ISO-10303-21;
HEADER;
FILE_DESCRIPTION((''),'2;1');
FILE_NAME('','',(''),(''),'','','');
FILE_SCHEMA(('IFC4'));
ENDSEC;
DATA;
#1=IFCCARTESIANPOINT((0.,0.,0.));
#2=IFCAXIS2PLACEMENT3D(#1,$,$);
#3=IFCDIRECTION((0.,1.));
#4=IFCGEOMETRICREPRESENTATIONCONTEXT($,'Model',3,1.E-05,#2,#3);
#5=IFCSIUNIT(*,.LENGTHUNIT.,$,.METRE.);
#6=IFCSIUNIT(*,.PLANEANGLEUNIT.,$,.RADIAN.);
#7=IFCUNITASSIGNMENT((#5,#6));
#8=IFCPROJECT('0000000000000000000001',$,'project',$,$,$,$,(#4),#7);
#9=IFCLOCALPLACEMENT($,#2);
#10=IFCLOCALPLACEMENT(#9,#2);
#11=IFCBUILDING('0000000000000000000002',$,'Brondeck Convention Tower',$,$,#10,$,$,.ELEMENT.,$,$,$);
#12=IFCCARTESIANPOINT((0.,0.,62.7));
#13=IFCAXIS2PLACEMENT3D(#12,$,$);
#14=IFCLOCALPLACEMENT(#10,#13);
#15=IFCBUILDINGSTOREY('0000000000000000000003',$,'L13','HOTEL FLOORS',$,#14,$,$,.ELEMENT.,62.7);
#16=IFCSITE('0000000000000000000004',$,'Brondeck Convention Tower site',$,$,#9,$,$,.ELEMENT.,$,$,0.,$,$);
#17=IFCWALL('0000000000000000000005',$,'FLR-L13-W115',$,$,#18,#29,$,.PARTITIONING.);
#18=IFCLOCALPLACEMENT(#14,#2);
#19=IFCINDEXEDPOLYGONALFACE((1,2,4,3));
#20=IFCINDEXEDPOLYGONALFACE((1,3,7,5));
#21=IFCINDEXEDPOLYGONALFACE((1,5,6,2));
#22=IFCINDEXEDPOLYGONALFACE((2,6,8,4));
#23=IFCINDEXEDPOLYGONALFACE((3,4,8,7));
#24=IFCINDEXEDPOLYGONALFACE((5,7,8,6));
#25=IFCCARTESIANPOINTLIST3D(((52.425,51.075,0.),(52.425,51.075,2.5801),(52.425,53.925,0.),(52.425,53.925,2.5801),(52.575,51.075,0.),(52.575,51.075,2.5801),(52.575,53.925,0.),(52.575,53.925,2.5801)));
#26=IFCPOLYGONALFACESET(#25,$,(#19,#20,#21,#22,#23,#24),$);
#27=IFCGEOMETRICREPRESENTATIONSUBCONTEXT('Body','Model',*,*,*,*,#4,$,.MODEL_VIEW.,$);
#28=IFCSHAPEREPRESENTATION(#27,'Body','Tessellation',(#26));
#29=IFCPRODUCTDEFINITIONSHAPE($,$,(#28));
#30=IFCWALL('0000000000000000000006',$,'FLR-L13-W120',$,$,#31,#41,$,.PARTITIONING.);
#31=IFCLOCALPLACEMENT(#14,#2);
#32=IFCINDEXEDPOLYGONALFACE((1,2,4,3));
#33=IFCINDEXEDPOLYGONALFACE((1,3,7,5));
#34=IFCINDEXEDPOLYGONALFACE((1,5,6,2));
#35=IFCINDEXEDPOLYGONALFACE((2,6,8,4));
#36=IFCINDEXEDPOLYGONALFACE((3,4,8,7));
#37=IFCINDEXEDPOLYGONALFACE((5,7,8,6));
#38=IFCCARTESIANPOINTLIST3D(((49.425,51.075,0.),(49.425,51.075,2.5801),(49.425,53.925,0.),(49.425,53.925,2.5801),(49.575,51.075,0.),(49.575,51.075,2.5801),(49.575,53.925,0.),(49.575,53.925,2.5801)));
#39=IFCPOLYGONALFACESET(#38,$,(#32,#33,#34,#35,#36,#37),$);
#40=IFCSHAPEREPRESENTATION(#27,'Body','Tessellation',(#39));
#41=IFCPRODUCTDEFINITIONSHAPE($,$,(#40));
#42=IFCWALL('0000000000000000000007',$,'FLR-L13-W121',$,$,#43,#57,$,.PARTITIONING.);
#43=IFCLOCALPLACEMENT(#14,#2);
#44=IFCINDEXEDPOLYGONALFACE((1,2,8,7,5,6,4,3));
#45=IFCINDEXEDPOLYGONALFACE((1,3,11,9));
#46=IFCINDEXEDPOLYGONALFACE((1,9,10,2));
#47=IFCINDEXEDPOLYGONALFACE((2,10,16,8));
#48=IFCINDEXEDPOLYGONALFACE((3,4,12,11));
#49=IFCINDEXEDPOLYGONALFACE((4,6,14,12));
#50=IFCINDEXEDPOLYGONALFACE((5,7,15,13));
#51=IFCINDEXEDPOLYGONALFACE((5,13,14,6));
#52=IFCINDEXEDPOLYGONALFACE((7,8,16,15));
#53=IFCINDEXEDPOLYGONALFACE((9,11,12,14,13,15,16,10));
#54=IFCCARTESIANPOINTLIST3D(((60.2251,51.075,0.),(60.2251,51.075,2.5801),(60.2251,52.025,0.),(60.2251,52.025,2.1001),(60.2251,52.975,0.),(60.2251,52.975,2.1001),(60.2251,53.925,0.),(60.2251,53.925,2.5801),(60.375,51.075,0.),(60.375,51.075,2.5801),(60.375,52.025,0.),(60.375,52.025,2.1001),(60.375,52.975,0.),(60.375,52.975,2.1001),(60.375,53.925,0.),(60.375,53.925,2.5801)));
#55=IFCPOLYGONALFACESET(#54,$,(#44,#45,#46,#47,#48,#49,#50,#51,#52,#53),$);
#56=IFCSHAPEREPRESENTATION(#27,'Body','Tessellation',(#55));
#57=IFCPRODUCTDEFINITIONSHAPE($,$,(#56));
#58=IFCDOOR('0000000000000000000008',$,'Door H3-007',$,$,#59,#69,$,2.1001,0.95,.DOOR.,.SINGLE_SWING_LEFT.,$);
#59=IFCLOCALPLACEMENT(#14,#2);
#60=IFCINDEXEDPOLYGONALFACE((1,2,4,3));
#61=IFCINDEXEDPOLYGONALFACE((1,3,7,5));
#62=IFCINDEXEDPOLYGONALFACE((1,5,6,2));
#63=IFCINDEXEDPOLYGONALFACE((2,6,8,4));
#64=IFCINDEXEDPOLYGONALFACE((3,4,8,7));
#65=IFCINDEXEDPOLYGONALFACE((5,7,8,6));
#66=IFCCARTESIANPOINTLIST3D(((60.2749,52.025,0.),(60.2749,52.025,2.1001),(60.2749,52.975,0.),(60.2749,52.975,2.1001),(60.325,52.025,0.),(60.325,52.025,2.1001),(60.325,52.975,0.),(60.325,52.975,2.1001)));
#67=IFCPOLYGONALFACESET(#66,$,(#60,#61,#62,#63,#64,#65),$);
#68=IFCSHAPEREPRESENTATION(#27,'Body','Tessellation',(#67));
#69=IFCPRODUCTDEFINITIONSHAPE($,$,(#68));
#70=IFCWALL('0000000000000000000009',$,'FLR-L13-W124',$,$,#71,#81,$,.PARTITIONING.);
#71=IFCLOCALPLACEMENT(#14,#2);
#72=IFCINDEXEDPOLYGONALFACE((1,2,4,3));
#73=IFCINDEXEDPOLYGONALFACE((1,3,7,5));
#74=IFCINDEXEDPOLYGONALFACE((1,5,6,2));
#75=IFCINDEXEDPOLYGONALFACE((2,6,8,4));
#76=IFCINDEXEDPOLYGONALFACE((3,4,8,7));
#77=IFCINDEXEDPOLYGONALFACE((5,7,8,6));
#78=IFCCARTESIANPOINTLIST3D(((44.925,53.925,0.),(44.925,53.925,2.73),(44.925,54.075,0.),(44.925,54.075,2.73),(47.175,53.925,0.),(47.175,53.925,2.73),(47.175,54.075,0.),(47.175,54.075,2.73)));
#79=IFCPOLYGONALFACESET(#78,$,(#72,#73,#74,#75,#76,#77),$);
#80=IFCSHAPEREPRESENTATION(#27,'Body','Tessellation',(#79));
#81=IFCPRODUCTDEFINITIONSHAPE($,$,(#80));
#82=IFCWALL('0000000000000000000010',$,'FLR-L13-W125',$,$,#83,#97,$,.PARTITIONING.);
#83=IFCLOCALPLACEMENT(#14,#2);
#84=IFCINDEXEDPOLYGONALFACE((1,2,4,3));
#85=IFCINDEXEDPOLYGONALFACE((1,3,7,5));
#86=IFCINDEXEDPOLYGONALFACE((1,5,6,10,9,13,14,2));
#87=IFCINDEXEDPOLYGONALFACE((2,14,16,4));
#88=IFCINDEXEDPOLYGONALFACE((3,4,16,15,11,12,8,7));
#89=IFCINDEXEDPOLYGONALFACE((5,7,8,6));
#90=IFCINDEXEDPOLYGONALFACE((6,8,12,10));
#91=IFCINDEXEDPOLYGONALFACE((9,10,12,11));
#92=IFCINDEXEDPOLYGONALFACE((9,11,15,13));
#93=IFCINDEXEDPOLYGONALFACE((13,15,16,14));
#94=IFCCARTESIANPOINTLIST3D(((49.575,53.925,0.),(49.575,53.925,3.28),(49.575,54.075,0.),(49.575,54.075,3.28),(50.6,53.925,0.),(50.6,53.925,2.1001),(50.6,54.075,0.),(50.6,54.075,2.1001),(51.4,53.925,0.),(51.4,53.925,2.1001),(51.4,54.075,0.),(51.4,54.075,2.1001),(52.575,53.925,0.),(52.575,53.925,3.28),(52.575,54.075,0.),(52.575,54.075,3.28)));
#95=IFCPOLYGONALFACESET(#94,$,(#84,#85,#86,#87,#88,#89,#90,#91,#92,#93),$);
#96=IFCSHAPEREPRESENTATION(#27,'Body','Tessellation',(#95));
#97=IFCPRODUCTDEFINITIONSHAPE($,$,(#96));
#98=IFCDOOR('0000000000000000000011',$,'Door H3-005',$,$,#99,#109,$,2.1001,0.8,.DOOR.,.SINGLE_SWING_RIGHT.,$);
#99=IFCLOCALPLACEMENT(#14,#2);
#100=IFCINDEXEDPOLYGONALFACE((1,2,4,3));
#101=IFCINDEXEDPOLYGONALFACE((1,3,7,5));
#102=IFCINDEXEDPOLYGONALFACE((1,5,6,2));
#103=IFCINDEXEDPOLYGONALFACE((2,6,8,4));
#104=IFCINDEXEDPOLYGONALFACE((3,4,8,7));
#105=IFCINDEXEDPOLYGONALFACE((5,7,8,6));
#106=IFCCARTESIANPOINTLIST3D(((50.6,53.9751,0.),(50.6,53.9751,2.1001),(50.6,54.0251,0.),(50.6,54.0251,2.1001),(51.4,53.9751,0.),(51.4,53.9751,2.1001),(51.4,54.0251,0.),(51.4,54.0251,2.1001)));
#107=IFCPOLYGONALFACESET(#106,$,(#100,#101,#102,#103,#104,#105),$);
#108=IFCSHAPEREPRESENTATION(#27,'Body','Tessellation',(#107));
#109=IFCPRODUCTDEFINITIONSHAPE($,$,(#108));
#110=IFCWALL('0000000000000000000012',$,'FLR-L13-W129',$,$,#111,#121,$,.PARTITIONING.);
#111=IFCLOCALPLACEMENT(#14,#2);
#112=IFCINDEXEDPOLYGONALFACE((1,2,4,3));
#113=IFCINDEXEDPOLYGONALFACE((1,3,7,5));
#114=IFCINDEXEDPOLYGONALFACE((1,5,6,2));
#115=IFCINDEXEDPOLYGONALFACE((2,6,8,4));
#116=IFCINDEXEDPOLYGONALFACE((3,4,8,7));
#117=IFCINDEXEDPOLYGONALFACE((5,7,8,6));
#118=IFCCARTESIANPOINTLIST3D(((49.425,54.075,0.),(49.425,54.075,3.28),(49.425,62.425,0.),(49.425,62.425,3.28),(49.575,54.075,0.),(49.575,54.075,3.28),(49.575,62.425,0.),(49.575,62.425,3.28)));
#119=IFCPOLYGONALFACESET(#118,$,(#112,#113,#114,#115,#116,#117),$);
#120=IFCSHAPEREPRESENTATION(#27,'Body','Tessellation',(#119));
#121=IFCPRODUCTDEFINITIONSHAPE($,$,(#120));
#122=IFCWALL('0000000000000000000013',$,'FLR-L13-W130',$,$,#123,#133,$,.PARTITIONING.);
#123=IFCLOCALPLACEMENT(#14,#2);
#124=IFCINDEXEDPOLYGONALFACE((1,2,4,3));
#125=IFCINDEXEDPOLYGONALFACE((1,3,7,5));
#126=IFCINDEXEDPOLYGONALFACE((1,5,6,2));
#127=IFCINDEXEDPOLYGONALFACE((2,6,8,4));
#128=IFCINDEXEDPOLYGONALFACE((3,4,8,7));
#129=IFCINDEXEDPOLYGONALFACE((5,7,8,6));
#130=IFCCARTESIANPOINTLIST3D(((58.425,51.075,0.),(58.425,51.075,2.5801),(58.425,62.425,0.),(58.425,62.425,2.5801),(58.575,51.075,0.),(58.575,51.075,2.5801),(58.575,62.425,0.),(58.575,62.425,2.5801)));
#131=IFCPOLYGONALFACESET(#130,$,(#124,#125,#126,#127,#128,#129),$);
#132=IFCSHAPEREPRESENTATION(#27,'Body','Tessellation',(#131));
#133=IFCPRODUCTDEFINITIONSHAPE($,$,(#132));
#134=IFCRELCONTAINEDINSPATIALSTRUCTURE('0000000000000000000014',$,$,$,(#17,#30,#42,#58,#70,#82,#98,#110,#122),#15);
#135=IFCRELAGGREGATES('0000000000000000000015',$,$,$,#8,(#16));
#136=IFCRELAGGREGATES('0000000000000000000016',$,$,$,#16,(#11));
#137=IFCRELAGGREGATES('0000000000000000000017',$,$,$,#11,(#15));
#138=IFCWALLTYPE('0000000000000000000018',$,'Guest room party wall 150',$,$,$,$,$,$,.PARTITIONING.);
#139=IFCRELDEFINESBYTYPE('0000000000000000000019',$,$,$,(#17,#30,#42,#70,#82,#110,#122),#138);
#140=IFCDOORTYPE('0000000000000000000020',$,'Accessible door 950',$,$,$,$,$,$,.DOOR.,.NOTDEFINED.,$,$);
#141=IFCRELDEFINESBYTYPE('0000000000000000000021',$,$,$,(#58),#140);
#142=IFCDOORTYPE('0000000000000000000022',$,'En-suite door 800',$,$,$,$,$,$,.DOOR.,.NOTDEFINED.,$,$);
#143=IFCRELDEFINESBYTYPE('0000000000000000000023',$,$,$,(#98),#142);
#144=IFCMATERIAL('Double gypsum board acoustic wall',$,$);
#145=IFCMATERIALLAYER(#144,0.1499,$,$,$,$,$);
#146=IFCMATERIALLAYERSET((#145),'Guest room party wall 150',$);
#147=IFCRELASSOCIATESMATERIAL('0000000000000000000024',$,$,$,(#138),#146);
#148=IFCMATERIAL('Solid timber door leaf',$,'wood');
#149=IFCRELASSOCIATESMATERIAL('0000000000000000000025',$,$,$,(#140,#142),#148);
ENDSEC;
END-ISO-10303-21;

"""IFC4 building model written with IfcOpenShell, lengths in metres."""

from ifc_helpers import new_model, si_unit, direction, frame, frame_2d, origin, place, context, subcontext, project, spatial, rectangle, extrude, material, layer, layer_set, type_object, element, fill, save


model = new_model("IFC4")

# Units and contexts
model_context = context("Model", 3, precision=1e-05, world=origin(), true_north=direction((0.0, 1.0)))
body_context = subcontext(model_context, "Body", "Model", "MODEL_VIEW")
ifc_project = project(units=[si_unit("LENGTHUNIT", "METRE"), si_unit("PLANEANGLEUNIT", "RADIAN")], contexts=[model_context])

# Site, building, storey
site_placement = place(None, origin())
site = spatial("IfcSite", under=ifc_project, at=site_placement, Name="Brondeck Convention Tower site", CompositionType="ELEMENT", RefElevation=0.0)
building_placement = place(site_placement, origin())
building = spatial("IfcBuilding", under=site, at=building_placement, Name="Brondeck Convention Tower", CompositionType="ELEMENT")
storey_placement = place(building_placement, frame((0.0, 0.0, 62.7)))
storey = spatial("IfcBuildingStorey", under=building, at=storey_placement, Name="L13", Description="HOTEL FLOORS", CompositionType="ELEMENT", Elevation=62.7)

# Walls
ifc_material_1 = material(Name="Double gypsum board acoustic wall")
ifc_layer_1 = layer(ifc_material_1, 0.1499)
ifc_layer_set_1 = layer_set([ifc_layer_1], Name="Guest room party wall 150")
wall_type_1 = type_object("IfcWallType", Name="Guest room party wall 150", PredefinedType="PARTITIONING", material=ifc_layer_set_1)
for number, where, z_axis, x_axis, name in (
    (1, (52.5, 51.075, 0.0), (0.0, 0.0, 1.0), (0.0, 1.0, 0.0), "FLR-L13-W115"),
    (2, (49.5, 53.925, 0.0), (0.0, 0.0, 1.0), (0.0, -1.0, 0.0), "FLR-L13-W120"),
):
    element("IfcWall", number, at=place(storey_placement, frame(where, z_axis=z_axis, x_axis=x_axis)), inside=storey, type_object=wall_type_1, Name=name, PredefinedType="PARTITIONING", context=body_context, shape_type="SweptSolid", body=[
        extrude(rectangle(XDim=2.8501, YDim=0.1499, at=frame_2d((1.425, 0.0))), origin(), (0.0, 0.0, 1.0), 2.5801),
    ])

# Wall, opening, door
wall_1_placement = place(storey_placement, frame((60.3, 53.925, 0.0), z_axis=(0.0, 0.0, 1.0), x_axis=(0.0, -1.0, 0.0)))
wall_1 = element("IfcWall", 3, at=wall_1_placement, inside=storey, type_object=wall_type_1, Name="FLR-L13-W121", PredefinedType="PARTITIONING", context=body_context, shape_type="SweptSolid", body=[
    extrude(rectangle(XDim=2.8501, YDim=0.1499, at=frame_2d((1.425, 0.0))), origin(), (0.0, 0.0, 1.0), 2.5801),
])
opening_1_placement = place(wall_1_placement, frame((0.95, 0.0, 0.0)))
opening_1 = element("IfcOpeningElement", 4, at=opening_1_placement, cuts=wall_1, PredefinedType="OPENING", context=body_context, shape_type="SweptSolid", body=[
    extrude(rectangle(XDim=0.95, YDim=2.1001, at=frame_2d((0.4751, 1.05))), frame((0.0, 0.085, 0.0), z_axis=(0.0, -1.0, 0.0), x_axis=(1.0, 0.0, 0.0)), (0.0, 0.0, 1.0), 0.1699),
])
ifc_material_2 = material(Name="Solid timber door leaf", Category="wood")
door_type_1 = type_object("IfcDoorType", Name="Accessible door 950", OperationType="NOTDEFINED", PredefinedType="DOOR", material=ifc_material_2)
door_1_placement = place(opening_1_placement, origin())
door_1 = element("IfcDoor", 5, at=door_1_placement, inside=storey, type_object=door_type_1, Name="Door H3-007", OperationType="SINGLE_SWING_LEFT", OverallHeight=2.1001, OverallWidth=0.95, PredefinedType="DOOR", context=body_context, shape_type="SweptSolid", body=[
    extrude(rectangle(XDim=0.95, YDim=2.1001, at=frame_2d((0.4751, 1.05))), frame((0.0, 0.0249, 0.0), z_axis=(0.0, -1.0, 0.0), x_axis=(1.0, 0.0, 0.0)), (0.0, 0.0, 1.0), 0.05),
])
fill(opening_1, door_1)

# Wall
wall_2_placement = place(storey_placement, frame((47.175, 54.0, 0.0), z_axis=(0.0, 0.0, 1.0), x_axis=(-1.0, 0.0, 0.0)))
element("IfcWall", 6, at=wall_2_placement, inside=storey, type_object=wall_type_1, Name="FLR-L13-W124", PredefinedType="PARTITIONING", context=body_context, shape_type="SweptSolid", body=[
    extrude(rectangle(XDim=2.25, YDim=0.1499, at=frame_2d((1.125, 0.0))), origin(), (0.0, 0.0, 1.0), 2.73),
])

# Wall, opening, door
wall_3_placement = place(storey_placement, frame((52.575, 54.0, 0.0), z_axis=(0.0, 0.0, 1.0), x_axis=(-1.0, 0.0, 0.0)))
wall_3 = element("IfcWall", 7, at=wall_3_placement, inside=storey, type_object=wall_type_1, Name="FLR-L13-W125", PredefinedType="PARTITIONING", context=body_context, shape_type="SweptSolid", body=[
    extrude(rectangle(XDim=3.0, YDim=0.1499, at=frame_2d((1.5, 0.0))), origin(), (0.0, 0.0, 1.0), 3.28),
])
opening_2_placement = place(wall_3_placement, frame((1.175, 0.0, 0.0)))
opening_2 = element("IfcOpeningElement", 8, at=opening_2_placement, cuts=wall_3, PredefinedType="OPENING", context=body_context, shape_type="SweptSolid", body=[
    extrude(rectangle(XDim=0.8, YDim=2.1001, at=frame_2d((0.3999, 1.05))), frame((0.0, 0.085, 0.0), z_axis=(0.0, -1.0, 0.0), x_axis=(1.0, 0.0, 0.0)), (0.0, 0.0, 1.0), 0.1699),
])
door_type_2 = type_object("IfcDoorType", Name="En-suite door 800", OperationType="NOTDEFINED", PredefinedType="DOOR", material=ifc_material_2)
door_2_placement = place(opening_2_placement, origin())
door_2 = element("IfcDoor", 9, at=door_2_placement, inside=storey, type_object=door_type_2, Name="Door H3-005", OperationType="SINGLE_SWING_RIGHT", OverallHeight=2.1001, OverallWidth=0.8, PredefinedType="DOOR", context=body_context, shape_type="SweptSolid", body=[
    extrude(rectangle(XDim=0.8, YDim=2.1001, at=frame_2d((0.3999, 1.05))), frame((0.0, 0.0249, 0.0), z_axis=(0.0, -1.0, 0.0), x_axis=(1.0, 0.0, 0.0)), (0.0, 0.0, 1.0), 0.05),
])
fill(opening_2, door_2)

# Walls
wall_4_placement = place(storey_placement, frame((49.5, 62.425, 0.0), z_axis=(0.0, 0.0, 1.0), x_axis=(0.0, -1.0, 0.0)))
element("IfcWall", 10, at=wall_4_placement, inside=storey, type_object=wall_type_1, Name="FLR-L13-W129", PredefinedType="PARTITIONING", context=body_context, shape_type="SweptSolid", body=[
    extrude(rectangle(XDim=8.3501, YDim=0.1499, at=frame_2d((4.175, 0.0))), origin(), (0.0, 0.0, 1.0), 3.28),
])
wall_5_placement = place(storey_placement, frame((58.5, 62.425, 0.0), z_axis=(0.0, 0.0, 1.0), x_axis=(0.0, -1.0, 0.0)))
element("IfcWall", 11, at=wall_5_placement, inside=storey, type_object=wall_type_1, Name="FLR-L13-W130", PredefinedType="PARTITIONING", context=body_context, shape_type="SweptSolid", body=[
    extrude(rectangle(XDim=11.3501, YDim=0.1499, at=frame_2d((5.675, 0.0))), origin(), (0.0, 0.0, 1.0), 2.5801),
])

save(model, "model.ifc")
